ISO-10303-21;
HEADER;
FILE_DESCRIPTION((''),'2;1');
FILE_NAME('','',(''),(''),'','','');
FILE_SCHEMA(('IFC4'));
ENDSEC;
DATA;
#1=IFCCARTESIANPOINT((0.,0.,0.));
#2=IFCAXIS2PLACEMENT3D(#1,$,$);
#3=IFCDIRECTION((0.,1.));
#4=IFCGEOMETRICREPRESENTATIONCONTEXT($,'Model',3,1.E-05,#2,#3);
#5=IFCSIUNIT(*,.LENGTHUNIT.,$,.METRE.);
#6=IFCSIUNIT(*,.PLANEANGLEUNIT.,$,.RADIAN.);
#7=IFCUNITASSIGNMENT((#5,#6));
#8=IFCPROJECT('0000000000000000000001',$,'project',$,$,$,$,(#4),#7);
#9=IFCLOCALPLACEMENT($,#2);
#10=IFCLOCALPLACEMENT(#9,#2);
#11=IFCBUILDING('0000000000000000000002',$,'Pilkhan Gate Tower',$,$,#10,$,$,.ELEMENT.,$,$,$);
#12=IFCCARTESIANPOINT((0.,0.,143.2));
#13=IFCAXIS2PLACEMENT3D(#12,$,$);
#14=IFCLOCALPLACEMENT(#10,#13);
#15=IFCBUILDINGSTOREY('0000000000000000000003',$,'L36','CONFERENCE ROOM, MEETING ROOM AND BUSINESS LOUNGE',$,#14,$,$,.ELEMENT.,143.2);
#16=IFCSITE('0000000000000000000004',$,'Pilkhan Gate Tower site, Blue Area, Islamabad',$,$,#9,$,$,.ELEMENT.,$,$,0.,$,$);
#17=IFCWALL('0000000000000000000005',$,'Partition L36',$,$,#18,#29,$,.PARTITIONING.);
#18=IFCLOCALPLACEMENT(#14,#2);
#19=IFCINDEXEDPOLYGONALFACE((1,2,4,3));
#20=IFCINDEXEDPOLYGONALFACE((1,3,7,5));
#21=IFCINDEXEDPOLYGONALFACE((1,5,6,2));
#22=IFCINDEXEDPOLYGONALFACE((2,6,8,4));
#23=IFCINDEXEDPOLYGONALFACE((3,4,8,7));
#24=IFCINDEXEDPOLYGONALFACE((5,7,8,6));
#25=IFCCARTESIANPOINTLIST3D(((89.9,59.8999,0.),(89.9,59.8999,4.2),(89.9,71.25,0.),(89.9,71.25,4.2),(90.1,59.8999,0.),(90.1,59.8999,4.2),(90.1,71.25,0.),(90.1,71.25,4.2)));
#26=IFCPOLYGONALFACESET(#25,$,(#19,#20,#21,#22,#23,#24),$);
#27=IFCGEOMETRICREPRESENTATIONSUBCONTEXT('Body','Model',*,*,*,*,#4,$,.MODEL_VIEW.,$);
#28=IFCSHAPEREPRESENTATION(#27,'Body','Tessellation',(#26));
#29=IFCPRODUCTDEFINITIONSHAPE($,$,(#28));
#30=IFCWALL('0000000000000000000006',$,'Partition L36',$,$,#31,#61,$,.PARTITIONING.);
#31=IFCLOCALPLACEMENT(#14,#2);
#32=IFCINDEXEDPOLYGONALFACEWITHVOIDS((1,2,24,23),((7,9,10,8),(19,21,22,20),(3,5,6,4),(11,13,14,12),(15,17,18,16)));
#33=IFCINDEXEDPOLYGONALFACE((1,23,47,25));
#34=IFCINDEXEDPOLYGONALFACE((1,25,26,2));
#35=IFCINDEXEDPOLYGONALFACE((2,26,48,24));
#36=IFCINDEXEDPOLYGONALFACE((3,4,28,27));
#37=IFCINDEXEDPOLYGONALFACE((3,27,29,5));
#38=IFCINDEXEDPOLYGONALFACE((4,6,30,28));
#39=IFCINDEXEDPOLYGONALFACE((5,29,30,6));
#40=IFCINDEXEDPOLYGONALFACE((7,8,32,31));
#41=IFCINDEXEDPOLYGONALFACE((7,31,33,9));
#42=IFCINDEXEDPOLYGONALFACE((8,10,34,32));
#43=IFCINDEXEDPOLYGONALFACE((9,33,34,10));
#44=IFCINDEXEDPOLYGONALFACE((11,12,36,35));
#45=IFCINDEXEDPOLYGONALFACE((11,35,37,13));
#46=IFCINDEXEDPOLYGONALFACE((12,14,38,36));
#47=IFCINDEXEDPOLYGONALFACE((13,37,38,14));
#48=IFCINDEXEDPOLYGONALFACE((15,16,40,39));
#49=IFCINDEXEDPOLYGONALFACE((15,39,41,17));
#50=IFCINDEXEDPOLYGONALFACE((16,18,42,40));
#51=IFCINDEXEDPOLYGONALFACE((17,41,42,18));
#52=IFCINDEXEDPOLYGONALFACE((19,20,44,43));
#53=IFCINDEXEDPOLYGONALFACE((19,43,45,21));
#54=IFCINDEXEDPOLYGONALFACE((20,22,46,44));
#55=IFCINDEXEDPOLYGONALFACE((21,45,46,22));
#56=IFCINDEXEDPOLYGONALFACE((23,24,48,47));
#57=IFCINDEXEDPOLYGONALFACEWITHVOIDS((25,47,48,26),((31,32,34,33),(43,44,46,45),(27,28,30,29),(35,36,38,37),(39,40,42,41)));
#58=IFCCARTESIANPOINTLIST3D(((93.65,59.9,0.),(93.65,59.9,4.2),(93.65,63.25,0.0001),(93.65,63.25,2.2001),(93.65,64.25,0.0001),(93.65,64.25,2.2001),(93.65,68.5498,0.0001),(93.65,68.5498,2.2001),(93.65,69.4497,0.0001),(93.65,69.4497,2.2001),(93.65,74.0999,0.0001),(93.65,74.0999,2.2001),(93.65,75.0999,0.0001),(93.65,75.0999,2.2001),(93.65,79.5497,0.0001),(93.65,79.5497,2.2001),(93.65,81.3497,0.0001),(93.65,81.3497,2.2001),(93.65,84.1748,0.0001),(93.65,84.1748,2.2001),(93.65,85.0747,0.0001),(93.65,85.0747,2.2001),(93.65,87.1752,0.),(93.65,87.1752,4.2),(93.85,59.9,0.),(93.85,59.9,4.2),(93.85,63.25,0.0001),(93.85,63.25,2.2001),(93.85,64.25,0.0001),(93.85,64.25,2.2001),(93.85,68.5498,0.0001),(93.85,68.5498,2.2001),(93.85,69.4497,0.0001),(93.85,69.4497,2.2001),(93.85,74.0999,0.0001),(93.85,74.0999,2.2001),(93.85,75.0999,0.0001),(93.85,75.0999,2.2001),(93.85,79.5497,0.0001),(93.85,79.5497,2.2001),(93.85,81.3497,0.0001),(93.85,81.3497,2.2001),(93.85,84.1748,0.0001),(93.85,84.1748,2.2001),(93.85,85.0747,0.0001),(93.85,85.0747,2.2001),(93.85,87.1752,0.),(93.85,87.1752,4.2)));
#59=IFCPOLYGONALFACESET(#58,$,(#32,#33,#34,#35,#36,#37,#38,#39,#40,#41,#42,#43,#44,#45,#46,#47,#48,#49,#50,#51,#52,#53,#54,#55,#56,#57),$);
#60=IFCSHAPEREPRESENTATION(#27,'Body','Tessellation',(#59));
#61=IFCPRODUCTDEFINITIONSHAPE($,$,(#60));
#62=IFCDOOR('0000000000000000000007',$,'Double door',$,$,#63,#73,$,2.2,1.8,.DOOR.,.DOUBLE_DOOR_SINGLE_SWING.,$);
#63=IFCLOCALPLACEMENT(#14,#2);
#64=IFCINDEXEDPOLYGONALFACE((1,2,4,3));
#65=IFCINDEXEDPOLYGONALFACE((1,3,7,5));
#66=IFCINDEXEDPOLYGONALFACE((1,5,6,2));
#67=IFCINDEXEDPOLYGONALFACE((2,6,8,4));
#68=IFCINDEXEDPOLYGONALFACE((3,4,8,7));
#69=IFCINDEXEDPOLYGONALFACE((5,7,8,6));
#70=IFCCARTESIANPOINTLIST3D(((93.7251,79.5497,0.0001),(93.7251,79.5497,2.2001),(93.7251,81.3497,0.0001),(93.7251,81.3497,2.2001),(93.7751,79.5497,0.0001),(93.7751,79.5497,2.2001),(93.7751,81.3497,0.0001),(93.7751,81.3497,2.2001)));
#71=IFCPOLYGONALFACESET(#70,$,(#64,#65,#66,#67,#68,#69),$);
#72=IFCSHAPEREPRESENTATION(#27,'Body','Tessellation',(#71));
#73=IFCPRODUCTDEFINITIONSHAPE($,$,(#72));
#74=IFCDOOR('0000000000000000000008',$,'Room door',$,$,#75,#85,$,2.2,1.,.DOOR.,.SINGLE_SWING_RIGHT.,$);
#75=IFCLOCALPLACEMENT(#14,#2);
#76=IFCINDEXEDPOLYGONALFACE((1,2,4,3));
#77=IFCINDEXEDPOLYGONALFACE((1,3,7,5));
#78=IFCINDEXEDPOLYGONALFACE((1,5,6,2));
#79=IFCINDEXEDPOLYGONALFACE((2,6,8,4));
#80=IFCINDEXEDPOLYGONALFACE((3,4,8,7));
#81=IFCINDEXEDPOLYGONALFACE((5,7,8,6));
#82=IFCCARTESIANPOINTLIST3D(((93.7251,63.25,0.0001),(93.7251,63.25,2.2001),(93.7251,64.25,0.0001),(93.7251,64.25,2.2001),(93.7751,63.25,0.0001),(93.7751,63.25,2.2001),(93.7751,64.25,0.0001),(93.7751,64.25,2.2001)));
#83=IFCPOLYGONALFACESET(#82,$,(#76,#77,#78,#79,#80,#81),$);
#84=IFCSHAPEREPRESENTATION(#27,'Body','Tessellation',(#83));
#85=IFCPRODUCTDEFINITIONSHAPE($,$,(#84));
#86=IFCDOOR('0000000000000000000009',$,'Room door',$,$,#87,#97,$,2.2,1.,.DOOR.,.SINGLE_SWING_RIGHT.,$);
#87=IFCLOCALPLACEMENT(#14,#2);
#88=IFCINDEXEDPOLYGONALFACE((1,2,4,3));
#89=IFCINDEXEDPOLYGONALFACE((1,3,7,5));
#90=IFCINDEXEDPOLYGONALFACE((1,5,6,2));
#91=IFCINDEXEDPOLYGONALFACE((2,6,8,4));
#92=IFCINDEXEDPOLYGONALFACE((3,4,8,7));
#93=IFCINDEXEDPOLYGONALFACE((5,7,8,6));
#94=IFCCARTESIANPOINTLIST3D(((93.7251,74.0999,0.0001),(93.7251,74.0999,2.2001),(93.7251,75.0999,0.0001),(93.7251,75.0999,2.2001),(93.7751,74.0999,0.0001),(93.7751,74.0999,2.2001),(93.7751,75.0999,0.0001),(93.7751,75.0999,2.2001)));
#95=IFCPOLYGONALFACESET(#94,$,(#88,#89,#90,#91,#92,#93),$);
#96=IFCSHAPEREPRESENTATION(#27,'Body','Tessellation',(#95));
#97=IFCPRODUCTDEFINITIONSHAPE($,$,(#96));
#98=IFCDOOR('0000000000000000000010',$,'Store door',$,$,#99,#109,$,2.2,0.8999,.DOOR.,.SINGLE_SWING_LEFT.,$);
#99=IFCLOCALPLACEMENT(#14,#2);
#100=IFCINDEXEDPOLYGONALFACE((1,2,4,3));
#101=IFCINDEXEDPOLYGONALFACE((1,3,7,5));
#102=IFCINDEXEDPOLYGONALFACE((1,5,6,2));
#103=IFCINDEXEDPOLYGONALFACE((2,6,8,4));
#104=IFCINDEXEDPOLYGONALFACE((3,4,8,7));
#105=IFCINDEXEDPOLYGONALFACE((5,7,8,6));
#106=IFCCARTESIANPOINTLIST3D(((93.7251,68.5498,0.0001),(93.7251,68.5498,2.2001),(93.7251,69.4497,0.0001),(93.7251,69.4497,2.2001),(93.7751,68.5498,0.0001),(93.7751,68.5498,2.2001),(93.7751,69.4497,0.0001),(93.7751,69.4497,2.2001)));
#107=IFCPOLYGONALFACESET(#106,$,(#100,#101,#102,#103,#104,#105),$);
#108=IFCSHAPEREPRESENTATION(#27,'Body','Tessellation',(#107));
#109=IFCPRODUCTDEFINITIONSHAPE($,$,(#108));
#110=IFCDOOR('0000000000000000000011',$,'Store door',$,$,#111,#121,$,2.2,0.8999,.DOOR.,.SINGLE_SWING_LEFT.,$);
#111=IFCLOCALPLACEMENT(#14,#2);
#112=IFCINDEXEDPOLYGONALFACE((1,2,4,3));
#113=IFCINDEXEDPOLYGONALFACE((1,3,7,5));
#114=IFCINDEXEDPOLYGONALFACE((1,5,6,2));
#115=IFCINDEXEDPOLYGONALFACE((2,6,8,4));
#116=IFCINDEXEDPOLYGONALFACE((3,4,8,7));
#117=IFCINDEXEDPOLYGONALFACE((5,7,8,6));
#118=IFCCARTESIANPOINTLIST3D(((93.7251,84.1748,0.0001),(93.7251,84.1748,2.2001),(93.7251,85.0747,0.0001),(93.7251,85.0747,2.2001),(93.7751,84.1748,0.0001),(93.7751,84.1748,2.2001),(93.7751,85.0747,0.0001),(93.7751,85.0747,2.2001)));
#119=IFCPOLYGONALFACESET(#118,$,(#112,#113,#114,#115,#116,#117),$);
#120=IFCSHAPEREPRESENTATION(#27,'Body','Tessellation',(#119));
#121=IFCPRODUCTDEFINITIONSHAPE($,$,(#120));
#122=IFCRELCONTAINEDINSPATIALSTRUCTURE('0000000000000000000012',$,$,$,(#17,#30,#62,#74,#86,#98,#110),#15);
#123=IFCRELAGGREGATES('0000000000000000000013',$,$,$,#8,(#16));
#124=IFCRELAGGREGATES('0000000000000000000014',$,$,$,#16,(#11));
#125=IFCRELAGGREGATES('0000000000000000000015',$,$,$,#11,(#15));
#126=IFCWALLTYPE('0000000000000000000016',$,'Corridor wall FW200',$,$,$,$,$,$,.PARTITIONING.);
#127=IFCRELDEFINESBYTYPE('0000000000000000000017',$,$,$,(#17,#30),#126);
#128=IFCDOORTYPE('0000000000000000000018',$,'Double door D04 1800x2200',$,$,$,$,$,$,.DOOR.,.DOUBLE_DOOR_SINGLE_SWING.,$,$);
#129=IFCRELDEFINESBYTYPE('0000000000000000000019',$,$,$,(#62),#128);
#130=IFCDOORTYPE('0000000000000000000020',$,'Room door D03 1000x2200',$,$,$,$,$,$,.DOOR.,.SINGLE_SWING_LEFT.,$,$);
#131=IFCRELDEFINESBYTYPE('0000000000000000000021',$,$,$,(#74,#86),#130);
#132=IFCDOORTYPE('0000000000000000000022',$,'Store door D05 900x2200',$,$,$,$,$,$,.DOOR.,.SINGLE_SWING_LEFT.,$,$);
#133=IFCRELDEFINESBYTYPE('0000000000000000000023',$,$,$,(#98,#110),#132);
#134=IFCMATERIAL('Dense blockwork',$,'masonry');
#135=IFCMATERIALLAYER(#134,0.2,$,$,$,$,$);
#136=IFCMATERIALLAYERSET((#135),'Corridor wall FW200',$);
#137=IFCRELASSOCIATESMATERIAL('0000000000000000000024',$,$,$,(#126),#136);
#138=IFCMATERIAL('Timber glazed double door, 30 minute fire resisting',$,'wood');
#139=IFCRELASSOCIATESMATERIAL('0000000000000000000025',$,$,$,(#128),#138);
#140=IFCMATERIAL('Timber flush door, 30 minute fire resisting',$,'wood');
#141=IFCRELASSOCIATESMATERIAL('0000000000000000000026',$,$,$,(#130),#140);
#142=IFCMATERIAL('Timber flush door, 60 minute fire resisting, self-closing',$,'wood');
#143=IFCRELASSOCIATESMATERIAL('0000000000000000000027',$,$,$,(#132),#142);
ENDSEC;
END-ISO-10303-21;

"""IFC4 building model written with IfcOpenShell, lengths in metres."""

from ifc_helpers import new_model, si_unit, direction, frame, frame_2d, origin, place, context, subcontext, project, spatial, rectangle, extrude, material, layer, layer_set, type_object, element, fill, save


model = new_model("IFC4")

# Units and contexts
model_context = context("Model", 3, precision=1e-05, world=origin(), true_north=direction((0.0, 1.0)))
body_context = subcontext(model_context, "Body", "Model", "MODEL_VIEW")
ifc_project = project(units=[si_unit("LENGTHUNIT", "METRE"), si_unit("PLANEANGLEUNIT", "RADIAN")], contexts=[model_context])

# Site, building, storey
site_placement = place(None, origin())
site = spatial("IfcSite", under=ifc_project, at=site_placement, Name="Pilkhan Gate Tower site, Blue Area, Islamabad", CompositionType="ELEMENT", RefElevation=0.0)
building_placement = place(site_placement, origin())
building = spatial("IfcBuilding", under=site, at=building_placement, Name="Pilkhan Gate Tower", CompositionType="ELEMENT")
storey_placement = place(building_placement, frame((0.0, 0.0, 143.2)))
storey = spatial("IfcBuildingStorey", under=building, at=storey_placement, Name="L36", Description="CONFERENCE ROOM, MEETING ROOM AND BUSINESS LOUNGE", CompositionType="ELEMENT", Elevation=143.2)

# Wall
ifc_material_1 = material(Name="Dense blockwork", Category="masonry")
ifc_layer_1 = layer(ifc_material_1, 0.2)
ifc_layer_set_1 = layer_set([ifc_layer_1], Name="Corridor wall FW200")
wall_type = type_object("IfcWallType", Name="Corridor wall FW200", PredefinedType="PARTITIONING", material=ifc_layer_set_1)
wall_1_placement = place(storey_placement, frame((90.0, 59.8999, 0.0), z_axis=(0.0, 0.0, 1.0), x_axis=(0.0, 1.0, 0.0)))
element("IfcWall", 1, at=wall_1_placement, inside=storey, type_object=wall_type, Name="Partition L36", PredefinedType="PARTITIONING", context=body_context, shape_type="SweptSolid", body=[
    extrude(rectangle(XDim=11.3501, YDim=0.2, at=frame_2d((5.675, 0.0))), origin(), (0.0, 0.0, 1.0), 4.2),
])

# Wall, openings, doors
wall_2_placement = place(storey_placement, frame((93.75, 59.8999, 0.0), z_axis=(0.0, 0.0, 1.0), x_axis=(0.0, 1.0, 0.0)))
wall_2 = element("IfcWall", 2, at=wall_2_placement, inside=storey, type_object=wall_type, Name="Partition L36", PredefinedType="PARTITIONING", context=body_context, shape_type="SweptSolid", body=[
    extrude(rectangle(XDim=27.2751, YDim=0.2, at=frame_2d((13.6377, 0.0))), origin(), (0.0, 0.0, 1.0), 4.2),
])
opening_1_placement = place(wall_2_placement, frame((3.3501, 0.0, 0.0)))
opening_1 = element("IfcOpeningElement", 3, at=opening_1_placement, cuts=wall_2, PredefinedType="OPENING", context=body_context, shape_type="SweptSolid", body=[
    extrude(rectangle(XDim=1.0, YDim=2.2, at=frame_2d((0.5, 1.1001))), frame((0.0, 0.1099, 0.0), z_axis=(0.0, -1.0, 0.0), x_axis=(1.0, 0.0, 0.0)), (0.0, 0.0, 1.0), 0.22),
])
opening_2_placement = place(wall_2_placement, frame((8.6499, 0.0, 0.0)))
opening_2 = element("IfcOpeningElement", 4, at=opening_2_placement, cuts=wall_2, PredefinedType="OPENING", context=body_context, shape_type="SweptSolid", body=[
    extrude(rectangle(XDim=0.8999, YDim=2.2, at=frame_2d((0.45, 1.1001))), frame((0.0, 0.1099, 0.0), z_axis=(0.0, -1.0, 0.0), x_axis=(1.0, 0.0, 0.0)), (0.0, 0.0, 1.0), 0.22),
])
opening_3_placement = place(wall_2_placement, frame((14.2, 0.0, 0.0)))
opening_3 = element("IfcOpeningElement", 5, at=opening_3_placement, cuts=wall_2, PredefinedType="OPENING", context=body_context, shape_type="SweptSolid", body=[
    extrude(rectangle(XDim=1.0, YDim=2.2, at=frame_2d((0.5, 1.1001))), frame((0.0, 0.1099, 0.0), z_axis=(0.0, -1.0, 0.0), x_axis=(1.0, 0.0, 0.0)), (0.0, 0.0, 1.0), 0.22),
])
opening_4_placement = place(wall_2_placement, frame((19.6499, 0.0, 0.0)))
opening_4 = element("IfcOpeningElement", 6, at=opening_4_placement, cuts=wall_2, PredefinedType="OPENING", context=body_context, shape_type="SweptSolid", body=[
    extrude(rectangle(XDim=1.8, YDim=2.2, at=frame_2d((0.8999, 1.1001))), frame((0.0, 0.1099, 0.0), z_axis=(0.0, -1.0, 0.0), x_axis=(1.0, 0.0, 0.0)), (0.0, 0.0, 1.0), 0.22),
])
opening_5_placement = place(wall_2_placement, frame((24.2749, 0.0, 0.0)))
opening_5 = element("IfcOpeningElement", 7, at=opening_5_placement, cuts=wall_2, PredefinedType="OPENING", context=body_context, shape_type="SweptSolid", body=[
    extrude(rectangle(XDim=0.8999, YDim=2.2, at=frame_2d((0.45, 1.1001))), frame((0.0, 0.1099, 0.0), z_axis=(0.0, -1.0, 0.0), x_axis=(1.0, 0.0, 0.0)), (0.0, 0.0, 1.0), 0.22),
])
ifc_material_2 = material(Name="Timber glazed double door, 30 minute fire resisting", Category="wood")
door_type_1 = type_object("IfcDoorType", Name="Double door D04 1800x2200", OperationType="DOUBLE_DOOR_SINGLE_SWING", PredefinedType="DOOR", material=ifc_material_2)
door_1_placement = place(opening_4_placement, origin())
door_1 = element("IfcDoor", 8, at=door_1_placement, inside=storey, type_object=door_type_1, Name="Double door", OperationType="DOUBLE_DOOR_SINGLE_SWING", OverallHeight=2.2, OverallWidth=1.8, PredefinedType="DOOR", context=body_context, shape_type="SweptSolid", body=[
    extrude(rectangle(XDim=1.8, YDim=2.2, at=frame_2d((0.8999, 1.1001))), frame((0.0, 0.0249, 0.0), z_axis=(0.0, -1.0, 0.0), x_axis=(1.0, 0.0, 0.0)), (0.0, 0.0, 1.0), 0.05),
])
fill(opening_4, door_1)
ifc_material_3 = material(Name="Timber flush door, 30 minute fire resisting", Category="wood")
door_type_2 = type_object("IfcDoorType", Name="Room door D03 1000x2200", OperationType="SINGLE_SWING_LEFT", PredefinedType="DOOR", material=ifc_material_3)
door_2_placement = place(opening_1_placement, origin())
door_2 = element("IfcDoor", 9, at=door_2_placement, inside=storey, type_object=door_type_2, Name="Room door", OperationType="SINGLE_SWING_RIGHT", OverallHeight=2.2, OverallWidth=1.0, PredefinedType="DOOR", context=body_context, shape_type="SweptSolid", body=[
    extrude(rectangle(XDim=1.0, YDim=2.2, at=frame_2d((0.5, 1.1001))), frame((0.0, 0.0249, 0.0), z_axis=(0.0, -1.0, 0.0), x_axis=(1.0, 0.0, 0.0)), (0.0, 0.0, 1.0), 0.05),
])
fill(opening_1, door_2)
door_3_placement = place(opening_3_placement, origin())
door_3 = element("IfcDoor", 10, at=door_3_placement, inside=storey, type_object=door_type_2, Name="Room door", OperationType="SINGLE_SWING_RIGHT", OverallHeight=2.2, OverallWidth=1.0, PredefinedType="DOOR", context=body_context, shape_type="SweptSolid", body=[
    extrude(rectangle(XDim=1.0, YDim=2.2, at=frame_2d((0.5, 1.1001))), frame((0.0, 0.0249, 0.0), z_axis=(0.0, -1.0, 0.0), x_axis=(1.0, 0.0, 0.0)), (0.0, 0.0, 1.0), 0.05),
])
fill(opening_3, door_3)
ifc_material_4 = material(Name="Timber flush door, 60 minute fire resisting, self-closing", Category="wood")
door_type_3 = type_object("IfcDoorType", Name="Store door D05 900x2200", OperationType="SINGLE_SWING_LEFT", PredefinedType="DOOR", material=ifc_material_4)
door_4_placement = place(opening_2_placement, origin())
door_4 = element("IfcDoor", 11, at=door_4_placement, inside=storey, type_object=door_type_3, Name="Store door", OperationType="SINGLE_SWING_LEFT", OverallHeight=2.2, OverallWidth=0.8999, PredefinedType="DOOR", context=body_context, shape_type="SweptSolid", body=[
    extrude(rectangle(XDim=0.8999, YDim=2.2, at=frame_2d((0.45, 1.1001))), frame((0.0, 0.0249, 0.0), z_axis=(0.0, -1.0, 0.0), x_axis=(1.0, 0.0, 0.0)), (0.0, 0.0, 1.0), 0.05),
])
fill(opening_2, door_4)
door_5_placement = place(opening_5_placement, origin())
door_5 = element("IfcDoor", 12, at=door_5_placement, inside=storey, type_object=door_type_3, Name="Store door", OperationType="SINGLE_SWING_LEFT", OverallHeight=2.2, OverallWidth=0.8999, PredefinedType="DOOR", context=body_context, shape_type="SweptSolid", body=[
    extrude(rectangle(XDim=0.8999, YDim=2.2, at=frame_2d((0.45, 1.1001))), frame((0.0, 0.0249, 0.0), z_axis=(0.0, -1.0, 0.0), x_axis=(1.0, 0.0, 0.0)), (0.0, 0.0, 1.0), 0.05),
])
fill(opening_5, door_5)

save(model, "model.ifc")
